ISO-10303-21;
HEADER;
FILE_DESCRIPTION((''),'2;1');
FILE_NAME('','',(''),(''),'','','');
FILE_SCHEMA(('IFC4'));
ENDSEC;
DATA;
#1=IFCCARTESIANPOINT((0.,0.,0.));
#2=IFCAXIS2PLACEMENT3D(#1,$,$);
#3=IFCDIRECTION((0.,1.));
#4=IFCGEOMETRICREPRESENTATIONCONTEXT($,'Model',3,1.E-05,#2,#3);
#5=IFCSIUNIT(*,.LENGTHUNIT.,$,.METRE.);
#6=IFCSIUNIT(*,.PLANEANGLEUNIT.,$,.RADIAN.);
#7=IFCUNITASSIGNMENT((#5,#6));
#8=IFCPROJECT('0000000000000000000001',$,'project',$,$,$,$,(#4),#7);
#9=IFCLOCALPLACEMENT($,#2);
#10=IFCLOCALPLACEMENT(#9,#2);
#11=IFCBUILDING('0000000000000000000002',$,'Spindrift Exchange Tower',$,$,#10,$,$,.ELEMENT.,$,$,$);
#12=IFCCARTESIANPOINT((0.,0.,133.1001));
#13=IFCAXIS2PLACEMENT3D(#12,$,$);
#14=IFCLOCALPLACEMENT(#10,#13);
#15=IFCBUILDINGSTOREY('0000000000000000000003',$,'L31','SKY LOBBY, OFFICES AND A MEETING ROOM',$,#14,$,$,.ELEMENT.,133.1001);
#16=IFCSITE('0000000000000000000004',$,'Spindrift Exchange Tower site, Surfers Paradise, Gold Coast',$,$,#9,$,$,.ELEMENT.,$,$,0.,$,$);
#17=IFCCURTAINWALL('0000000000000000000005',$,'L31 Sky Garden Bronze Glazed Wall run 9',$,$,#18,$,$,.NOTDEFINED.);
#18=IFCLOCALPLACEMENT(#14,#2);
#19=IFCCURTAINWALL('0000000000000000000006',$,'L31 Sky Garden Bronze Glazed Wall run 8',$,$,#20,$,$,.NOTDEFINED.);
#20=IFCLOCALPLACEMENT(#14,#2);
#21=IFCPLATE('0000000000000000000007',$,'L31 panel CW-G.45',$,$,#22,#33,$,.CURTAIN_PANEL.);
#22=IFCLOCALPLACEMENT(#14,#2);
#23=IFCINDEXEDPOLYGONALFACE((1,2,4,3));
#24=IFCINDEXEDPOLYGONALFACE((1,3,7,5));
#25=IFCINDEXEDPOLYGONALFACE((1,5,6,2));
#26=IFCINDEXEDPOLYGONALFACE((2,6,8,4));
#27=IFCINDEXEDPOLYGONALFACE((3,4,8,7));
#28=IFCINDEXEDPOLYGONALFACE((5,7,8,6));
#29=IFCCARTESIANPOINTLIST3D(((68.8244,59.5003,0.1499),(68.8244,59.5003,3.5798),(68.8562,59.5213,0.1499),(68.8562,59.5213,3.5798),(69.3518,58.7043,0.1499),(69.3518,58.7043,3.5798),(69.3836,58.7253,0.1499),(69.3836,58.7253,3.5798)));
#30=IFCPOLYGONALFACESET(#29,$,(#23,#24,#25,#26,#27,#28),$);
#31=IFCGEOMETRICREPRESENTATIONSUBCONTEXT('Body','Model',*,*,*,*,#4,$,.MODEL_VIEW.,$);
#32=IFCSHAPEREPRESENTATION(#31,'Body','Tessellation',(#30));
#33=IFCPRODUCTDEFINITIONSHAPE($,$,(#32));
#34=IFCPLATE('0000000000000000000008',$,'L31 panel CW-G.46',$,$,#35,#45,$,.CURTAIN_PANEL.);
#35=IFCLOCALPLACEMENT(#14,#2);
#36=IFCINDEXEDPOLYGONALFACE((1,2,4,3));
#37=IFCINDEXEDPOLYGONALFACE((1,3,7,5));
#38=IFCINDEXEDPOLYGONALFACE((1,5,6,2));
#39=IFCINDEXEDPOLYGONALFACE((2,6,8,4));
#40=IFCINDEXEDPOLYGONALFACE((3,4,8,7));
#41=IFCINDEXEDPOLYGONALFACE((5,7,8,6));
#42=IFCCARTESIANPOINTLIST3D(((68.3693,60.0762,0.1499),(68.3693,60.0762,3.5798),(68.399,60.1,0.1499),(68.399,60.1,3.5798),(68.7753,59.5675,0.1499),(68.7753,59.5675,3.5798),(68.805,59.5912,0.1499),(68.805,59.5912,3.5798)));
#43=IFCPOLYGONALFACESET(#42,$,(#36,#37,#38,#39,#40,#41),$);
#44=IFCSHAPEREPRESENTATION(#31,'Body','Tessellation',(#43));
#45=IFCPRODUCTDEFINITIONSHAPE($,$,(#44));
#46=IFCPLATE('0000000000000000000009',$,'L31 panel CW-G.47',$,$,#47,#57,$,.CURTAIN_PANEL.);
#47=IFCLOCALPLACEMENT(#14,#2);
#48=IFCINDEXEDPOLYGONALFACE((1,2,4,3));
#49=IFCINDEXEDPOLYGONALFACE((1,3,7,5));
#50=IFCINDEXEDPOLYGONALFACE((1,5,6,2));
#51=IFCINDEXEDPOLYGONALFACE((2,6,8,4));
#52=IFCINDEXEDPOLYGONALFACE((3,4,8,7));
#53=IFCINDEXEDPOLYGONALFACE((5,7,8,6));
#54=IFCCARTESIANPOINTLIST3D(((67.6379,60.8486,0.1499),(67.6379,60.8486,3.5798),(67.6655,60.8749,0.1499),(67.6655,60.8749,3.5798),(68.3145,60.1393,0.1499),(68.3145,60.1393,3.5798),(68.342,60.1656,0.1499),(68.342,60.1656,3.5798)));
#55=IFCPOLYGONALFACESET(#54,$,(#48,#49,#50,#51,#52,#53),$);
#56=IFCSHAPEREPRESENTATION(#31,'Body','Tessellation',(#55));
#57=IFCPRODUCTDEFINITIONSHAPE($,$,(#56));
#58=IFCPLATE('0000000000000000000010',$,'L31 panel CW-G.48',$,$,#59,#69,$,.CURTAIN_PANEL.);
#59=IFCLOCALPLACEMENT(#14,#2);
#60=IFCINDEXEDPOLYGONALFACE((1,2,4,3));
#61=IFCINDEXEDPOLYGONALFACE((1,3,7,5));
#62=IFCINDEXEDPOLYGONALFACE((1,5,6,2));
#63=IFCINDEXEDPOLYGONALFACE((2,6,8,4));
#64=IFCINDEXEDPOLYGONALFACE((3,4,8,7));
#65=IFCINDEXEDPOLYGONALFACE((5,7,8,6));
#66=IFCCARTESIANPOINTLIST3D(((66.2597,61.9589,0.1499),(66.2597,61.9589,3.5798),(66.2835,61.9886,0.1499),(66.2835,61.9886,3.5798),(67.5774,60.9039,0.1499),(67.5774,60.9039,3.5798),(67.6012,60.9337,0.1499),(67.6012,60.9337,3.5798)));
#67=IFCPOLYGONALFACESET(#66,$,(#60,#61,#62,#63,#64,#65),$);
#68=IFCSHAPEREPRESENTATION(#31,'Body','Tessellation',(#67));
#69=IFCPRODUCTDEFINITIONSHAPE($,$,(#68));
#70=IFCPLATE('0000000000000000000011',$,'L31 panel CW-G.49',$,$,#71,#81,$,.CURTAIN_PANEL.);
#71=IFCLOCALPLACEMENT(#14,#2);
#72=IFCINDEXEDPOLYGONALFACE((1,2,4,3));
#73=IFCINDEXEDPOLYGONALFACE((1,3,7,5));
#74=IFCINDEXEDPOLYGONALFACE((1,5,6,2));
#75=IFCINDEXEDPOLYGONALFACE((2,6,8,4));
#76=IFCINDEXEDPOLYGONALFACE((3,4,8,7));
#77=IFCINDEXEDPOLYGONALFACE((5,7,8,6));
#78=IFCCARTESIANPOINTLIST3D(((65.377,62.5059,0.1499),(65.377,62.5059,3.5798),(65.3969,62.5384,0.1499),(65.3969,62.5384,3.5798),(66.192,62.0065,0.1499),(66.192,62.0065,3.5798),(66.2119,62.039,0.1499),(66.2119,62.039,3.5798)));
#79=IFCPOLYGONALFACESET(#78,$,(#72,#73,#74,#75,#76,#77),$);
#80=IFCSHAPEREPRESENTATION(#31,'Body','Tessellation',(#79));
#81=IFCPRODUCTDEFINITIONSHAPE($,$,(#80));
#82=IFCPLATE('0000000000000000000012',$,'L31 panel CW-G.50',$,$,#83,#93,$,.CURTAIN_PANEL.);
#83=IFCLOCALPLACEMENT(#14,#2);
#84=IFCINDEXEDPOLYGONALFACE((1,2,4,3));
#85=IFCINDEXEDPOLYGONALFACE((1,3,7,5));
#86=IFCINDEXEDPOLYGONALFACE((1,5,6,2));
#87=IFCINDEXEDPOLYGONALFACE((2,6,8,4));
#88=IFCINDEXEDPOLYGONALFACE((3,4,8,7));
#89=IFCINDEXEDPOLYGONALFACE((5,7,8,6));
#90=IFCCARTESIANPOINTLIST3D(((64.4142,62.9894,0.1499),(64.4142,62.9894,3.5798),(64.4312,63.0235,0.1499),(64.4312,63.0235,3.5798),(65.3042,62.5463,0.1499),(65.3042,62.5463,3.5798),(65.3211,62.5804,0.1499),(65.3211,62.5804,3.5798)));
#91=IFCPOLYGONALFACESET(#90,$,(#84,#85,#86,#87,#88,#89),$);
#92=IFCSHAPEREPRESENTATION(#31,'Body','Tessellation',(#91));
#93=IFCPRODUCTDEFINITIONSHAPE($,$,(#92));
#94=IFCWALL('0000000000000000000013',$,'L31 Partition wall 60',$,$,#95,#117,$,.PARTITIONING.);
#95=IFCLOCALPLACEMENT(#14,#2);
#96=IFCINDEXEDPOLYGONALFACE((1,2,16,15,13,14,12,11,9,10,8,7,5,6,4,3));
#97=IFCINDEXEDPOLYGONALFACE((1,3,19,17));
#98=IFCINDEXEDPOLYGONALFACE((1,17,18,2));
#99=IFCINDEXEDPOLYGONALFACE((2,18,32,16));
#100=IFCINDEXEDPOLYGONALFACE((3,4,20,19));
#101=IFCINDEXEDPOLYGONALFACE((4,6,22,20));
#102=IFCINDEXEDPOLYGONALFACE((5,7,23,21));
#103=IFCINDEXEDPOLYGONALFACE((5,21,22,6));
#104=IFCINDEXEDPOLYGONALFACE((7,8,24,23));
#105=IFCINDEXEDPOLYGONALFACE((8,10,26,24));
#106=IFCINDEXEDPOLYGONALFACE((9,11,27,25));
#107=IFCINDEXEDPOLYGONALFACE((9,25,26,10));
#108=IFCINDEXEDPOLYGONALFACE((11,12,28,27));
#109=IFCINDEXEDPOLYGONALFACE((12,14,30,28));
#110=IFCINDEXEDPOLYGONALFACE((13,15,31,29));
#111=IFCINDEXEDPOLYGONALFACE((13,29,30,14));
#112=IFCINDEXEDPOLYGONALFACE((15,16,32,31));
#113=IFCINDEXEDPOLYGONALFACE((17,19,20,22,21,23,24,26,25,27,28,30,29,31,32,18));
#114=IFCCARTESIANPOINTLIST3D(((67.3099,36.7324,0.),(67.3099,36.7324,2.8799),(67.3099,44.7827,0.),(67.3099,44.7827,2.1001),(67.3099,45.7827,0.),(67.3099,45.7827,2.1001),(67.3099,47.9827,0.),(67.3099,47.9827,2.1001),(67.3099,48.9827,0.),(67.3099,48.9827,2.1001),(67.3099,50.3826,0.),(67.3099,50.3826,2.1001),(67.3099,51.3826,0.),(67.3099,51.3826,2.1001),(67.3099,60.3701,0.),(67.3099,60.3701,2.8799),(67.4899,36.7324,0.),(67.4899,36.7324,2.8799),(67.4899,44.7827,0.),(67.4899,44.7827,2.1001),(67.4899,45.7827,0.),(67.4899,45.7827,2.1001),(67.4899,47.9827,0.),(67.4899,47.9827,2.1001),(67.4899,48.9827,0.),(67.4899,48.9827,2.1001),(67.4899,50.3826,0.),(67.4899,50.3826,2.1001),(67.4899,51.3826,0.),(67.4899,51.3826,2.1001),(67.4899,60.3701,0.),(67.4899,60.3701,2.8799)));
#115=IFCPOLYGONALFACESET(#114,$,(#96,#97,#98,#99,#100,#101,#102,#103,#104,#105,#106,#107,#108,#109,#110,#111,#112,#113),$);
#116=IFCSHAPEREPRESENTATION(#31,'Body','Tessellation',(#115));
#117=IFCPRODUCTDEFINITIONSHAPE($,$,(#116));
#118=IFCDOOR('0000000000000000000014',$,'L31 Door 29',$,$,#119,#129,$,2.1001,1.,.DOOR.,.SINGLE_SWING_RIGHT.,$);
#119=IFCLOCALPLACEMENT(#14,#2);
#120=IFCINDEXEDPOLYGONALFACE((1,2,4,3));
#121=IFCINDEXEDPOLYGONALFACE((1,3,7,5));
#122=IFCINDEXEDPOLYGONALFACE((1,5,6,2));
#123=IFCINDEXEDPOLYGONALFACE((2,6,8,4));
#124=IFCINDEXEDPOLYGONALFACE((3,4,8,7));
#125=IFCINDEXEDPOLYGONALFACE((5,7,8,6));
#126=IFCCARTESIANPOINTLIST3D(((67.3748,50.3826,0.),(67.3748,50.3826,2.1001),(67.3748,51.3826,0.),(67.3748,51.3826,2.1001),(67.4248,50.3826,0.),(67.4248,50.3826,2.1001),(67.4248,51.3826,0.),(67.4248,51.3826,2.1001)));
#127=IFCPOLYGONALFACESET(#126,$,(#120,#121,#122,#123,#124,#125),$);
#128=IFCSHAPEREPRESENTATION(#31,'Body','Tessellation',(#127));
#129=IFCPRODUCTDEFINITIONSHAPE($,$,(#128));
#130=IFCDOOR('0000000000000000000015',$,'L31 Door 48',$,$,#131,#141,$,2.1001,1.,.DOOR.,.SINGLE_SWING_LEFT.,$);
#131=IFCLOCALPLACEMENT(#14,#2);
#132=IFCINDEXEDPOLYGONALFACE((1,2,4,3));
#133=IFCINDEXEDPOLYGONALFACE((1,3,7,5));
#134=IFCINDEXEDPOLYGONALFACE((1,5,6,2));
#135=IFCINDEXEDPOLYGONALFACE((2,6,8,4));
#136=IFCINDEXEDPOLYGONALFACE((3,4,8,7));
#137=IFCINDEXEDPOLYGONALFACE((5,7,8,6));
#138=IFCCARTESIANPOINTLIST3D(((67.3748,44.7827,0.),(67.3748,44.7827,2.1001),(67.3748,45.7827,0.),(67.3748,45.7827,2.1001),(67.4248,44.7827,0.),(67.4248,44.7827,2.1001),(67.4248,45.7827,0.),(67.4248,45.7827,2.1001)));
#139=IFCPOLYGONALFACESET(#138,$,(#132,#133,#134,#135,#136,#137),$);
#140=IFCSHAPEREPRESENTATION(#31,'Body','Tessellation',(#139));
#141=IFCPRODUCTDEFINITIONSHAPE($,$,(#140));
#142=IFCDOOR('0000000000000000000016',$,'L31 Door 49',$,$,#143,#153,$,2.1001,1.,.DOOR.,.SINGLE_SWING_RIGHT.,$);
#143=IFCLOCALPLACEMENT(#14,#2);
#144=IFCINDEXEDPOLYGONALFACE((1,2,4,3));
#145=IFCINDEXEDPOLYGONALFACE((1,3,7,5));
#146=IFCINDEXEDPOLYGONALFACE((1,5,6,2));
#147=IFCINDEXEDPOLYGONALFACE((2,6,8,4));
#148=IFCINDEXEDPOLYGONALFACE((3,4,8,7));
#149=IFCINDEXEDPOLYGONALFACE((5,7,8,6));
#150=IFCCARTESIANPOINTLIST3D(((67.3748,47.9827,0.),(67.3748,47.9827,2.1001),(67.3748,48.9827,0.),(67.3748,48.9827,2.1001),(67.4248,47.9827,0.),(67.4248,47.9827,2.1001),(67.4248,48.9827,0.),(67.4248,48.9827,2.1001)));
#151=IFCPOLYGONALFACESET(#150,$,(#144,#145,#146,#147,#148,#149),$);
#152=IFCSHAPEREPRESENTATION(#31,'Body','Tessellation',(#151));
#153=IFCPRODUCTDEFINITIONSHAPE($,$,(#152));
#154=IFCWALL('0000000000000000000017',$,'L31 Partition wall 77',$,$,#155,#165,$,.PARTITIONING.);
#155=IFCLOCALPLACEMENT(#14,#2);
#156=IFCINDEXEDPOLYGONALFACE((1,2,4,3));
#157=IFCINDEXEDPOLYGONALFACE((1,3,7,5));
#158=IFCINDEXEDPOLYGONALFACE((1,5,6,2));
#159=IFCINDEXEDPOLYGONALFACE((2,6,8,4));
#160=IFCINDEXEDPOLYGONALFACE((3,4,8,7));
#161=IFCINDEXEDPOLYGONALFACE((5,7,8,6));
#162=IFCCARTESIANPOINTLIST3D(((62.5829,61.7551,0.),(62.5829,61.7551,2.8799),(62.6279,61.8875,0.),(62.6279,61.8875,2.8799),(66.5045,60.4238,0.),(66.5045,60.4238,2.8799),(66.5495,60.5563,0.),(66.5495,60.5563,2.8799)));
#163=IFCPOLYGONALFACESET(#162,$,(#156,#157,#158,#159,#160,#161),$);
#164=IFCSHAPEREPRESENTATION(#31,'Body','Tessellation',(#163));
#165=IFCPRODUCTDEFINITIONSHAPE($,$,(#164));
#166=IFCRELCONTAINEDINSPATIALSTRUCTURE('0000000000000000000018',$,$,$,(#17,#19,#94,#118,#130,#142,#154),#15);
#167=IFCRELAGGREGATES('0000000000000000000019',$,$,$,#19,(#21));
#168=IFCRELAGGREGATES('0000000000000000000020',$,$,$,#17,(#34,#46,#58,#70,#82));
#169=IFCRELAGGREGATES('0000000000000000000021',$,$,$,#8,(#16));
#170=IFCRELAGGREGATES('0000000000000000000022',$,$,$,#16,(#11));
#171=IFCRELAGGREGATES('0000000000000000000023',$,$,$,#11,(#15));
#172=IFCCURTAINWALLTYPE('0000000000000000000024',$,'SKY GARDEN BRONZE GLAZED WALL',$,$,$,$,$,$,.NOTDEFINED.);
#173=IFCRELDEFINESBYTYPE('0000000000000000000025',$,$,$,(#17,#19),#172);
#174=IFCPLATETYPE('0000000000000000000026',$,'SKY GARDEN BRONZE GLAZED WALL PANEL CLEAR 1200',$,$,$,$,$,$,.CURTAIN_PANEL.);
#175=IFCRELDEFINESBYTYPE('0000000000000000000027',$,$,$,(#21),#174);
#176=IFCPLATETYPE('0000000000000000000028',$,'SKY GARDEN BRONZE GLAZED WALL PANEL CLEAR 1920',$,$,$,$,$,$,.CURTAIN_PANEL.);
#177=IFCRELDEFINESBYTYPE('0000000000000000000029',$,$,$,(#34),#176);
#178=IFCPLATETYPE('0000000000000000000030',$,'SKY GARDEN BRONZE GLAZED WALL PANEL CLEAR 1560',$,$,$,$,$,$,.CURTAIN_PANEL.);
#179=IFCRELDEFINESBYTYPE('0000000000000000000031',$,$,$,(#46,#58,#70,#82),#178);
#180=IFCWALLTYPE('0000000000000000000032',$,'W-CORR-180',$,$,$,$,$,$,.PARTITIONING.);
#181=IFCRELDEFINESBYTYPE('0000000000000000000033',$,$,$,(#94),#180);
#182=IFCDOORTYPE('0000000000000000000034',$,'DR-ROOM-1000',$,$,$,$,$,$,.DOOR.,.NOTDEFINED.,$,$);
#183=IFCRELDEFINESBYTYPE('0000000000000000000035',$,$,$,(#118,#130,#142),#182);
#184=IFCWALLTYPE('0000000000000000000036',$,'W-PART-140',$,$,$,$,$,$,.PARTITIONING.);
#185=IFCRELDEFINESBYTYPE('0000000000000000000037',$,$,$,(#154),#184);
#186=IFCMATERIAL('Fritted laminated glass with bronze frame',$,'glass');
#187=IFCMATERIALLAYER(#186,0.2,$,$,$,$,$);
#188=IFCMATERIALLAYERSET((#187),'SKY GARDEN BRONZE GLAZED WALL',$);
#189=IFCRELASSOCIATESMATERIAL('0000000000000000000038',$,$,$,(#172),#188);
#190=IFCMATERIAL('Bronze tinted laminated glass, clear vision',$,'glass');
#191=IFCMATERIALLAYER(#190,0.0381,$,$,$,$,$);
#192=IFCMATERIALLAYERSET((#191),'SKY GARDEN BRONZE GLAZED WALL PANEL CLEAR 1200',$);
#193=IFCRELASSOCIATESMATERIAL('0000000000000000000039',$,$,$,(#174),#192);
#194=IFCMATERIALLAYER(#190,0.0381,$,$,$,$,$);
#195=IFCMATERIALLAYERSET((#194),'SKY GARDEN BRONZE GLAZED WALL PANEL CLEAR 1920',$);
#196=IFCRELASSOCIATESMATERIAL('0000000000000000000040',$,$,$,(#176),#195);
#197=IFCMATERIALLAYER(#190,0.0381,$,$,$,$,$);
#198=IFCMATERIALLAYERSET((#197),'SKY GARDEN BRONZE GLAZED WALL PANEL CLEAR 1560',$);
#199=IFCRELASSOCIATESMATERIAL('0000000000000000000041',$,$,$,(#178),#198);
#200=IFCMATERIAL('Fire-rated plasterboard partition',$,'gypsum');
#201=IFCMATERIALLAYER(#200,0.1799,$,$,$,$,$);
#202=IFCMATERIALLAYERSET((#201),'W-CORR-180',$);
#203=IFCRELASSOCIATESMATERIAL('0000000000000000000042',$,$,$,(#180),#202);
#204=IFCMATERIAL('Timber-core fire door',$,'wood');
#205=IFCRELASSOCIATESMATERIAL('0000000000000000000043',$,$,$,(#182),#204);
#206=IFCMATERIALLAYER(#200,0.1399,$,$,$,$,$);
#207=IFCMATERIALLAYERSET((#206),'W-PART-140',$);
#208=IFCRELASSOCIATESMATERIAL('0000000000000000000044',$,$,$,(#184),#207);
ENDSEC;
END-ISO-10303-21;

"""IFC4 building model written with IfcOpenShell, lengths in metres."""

from ifc_helpers import new_model, si_unit, direction, frame, frame_2d, origin, origin_2d, place, context, subcontext, project, spatial, rectangle, extrude, source, transform, mapped, material, layer, layer_set, type_object, element, fill, aggregate, save


model = new_model("IFC4")

# Units and contexts
model_context = context("Model", 3, precision=1e-05, world=origin(), true_north=direction((0.0, 1.0)))
body_context = subcontext(model_context, "Body", "Model", "MODEL_VIEW")
ifc_project = project(units=[si_unit("LENGTHUNIT", "METRE"), si_unit("PLANEANGLEUNIT", "RADIAN")], contexts=[model_context])

# Site, building, storey
site_placement = place(None, origin())
site = spatial("IfcSite", under=ifc_project, at=site_placement, Name="Spindrift Exchange Tower site, Surfers Paradise, Gold Coast", CompositionType="ELEMENT", RefElevation=0.0)
building_placement = place(site_placement, origin())
building = spatial("IfcBuilding", under=site, at=building_placement, Name="Spindrift Exchange Tower", CompositionType="ELEMENT")
storey_placement = place(building_placement, frame((0.0, 0.0, 133.1001)))
storey = spatial("IfcBuildingStorey", under=building, at=storey_placement, Name="L31", Description="SKY LOBBY, OFFICES AND A MEETING ROOM", CompositionType="ELEMENT", Elevation=133.1001)

# Curtain wall
ifc_material_1 = material(Name="Fritted laminated glass with bronze frame", Category="glass")
ifc_layer_1 = layer(ifc_material_1, 0.2)
ifc_layer_set_1 = layer_set([ifc_layer_1], Name="SKY GARDEN BRONZE GLAZED WALL")
curtain_wall_type = type_object("IfcCurtainWallType", Name="SKY GARDEN BRONZE GLAZED WALL", PredefinedType="NOTDEFINED", material=ifc_layer_set_1)
curtain_wall_1_placement = place(storey_placement, origin())
curtain_wall_1 = element("IfcCurtainWall", 1, at=curtain_wall_1_placement, inside=storey, type_object=curtain_wall_type, Name="L31 Sky Garden Bronze Glazed Wall run 9", PredefinedType="NOTDEFINED")

# Curtain wall
curtain_wall_2_placement = place(storey_placement, origin())
curtain_wall_2 = element("IfcCurtainWall", 2, at=curtain_wall_2_placement, inside=storey, type_object=curtain_wall_type, Name="L31 Sky Garden Bronze Glazed Wall run 8", PredefinedType="NOTDEFINED")

# Plates
ifc_material_2 = material(Name="Bronze tinted laminated glass, clear vision", Category="glass")
ifc_layer_2 = layer(ifc_material_2, 0.0381)
ifc_layer_set_2 = layer_set([ifc_layer_2], Name="SKY GARDEN BRONZE GLAZED WALL PANEL CLEAR 1200")
plate_type_1 = type_object("IfcPlateType", Name="SKY GARDEN BRONZE GLAZED WALL PANEL CLEAR 1200", PredefinedType="CURTAIN_PANEL", material=ifc_layer_set_2)
shared_shape_1 = source(origin(), body_context, "Body", "SweptSolid", [
    extrude(rectangle(XDim=0.9548, YDim=0.0381, at=origin_2d()), origin(), (0.0, 0.0, 1.0), 3.4299),
])
plate_1_placement = place(storey_placement, frame((69.104, 59.1128, 0.1499), z_axis=(0.0, 0.0, 1.0), x_axis=(-0.552346, 0.833615, 0.0)))
plate_1 = element("IfcPlate", 3, at=plate_1_placement, type_object=plate_type_1, Name="L31 panel CW-G.45", PredefinedType="CURTAIN_PANEL", context=body_context, shape_type="MappedRepresentation", body=[
    mapped(shared_shape_1, transform((0.0, 0.0, 0.0), scale=1.0)),
])
aggregate(curtain_wall_2, [plate_1])
ifc_layer_3 = layer(ifc_material_2, 0.0381)
ifc_layer_set_3 = layer_set([ifc_layer_3], Name="SKY GARDEN BRONZE GLAZED WALL PANEL CLEAR 1920")
plate_type_2 = type_object("IfcPlateType", Name="SKY GARDEN BRONZE GLAZED WALL PANEL CLEAR 1920", PredefinedType="CURTAIN_PANEL", material=ifc_layer_set_3)
shared_shape_2 = source(origin(), body_context, "Body", "SweptSolid", [
    extrude(rectangle(XDim=0.6509, YDim=0.0381, at=origin_2d()), origin(), (0.0, 0.0, 1.0), 3.4299),
])
plate_2_placement = place(storey_placement, frame((68.5872, 59.8337, 0.1499), z_axis=(0.0, 0.0, 1.0), x_axis=(-0.62375, 0.781624, 0.0)))
plate_2 = element("IfcPlate", 4, at=plate_2_placement, type_object=plate_type_2, Name="L31 panel CW-G.46", PredefinedType="CURTAIN_PANEL", context=body_context, shape_type="MappedRepresentation", body=[
    mapped(shared_shape_2, transform((0.0, 0.0, 0.0), scale=1.0)),
])
ifc_layer_4 = layer(ifc_material_2, 0.0381)
ifc_layer_set_4 = layer_set([ifc_layer_4], Name="SKY GARDEN BRONZE GLAZED WALL PANEL CLEAR 1560")
plate_type_3 = type_object("IfcPlateType", Name="SKY GARDEN BRONZE GLAZED WALL PANEL CLEAR 1560", PredefinedType="CURTAIN_PANEL", material=ifc_layer_set_4)
shared_shape_3 = source(origin(), body_context, "Body", "SweptSolid", [
    extrude(rectangle(XDim=0.9802, YDim=0.0381, at=origin_2d()), origin(), (0.0, 0.0, 1.0), 3.4299),
])
plate_3_placement = place(storey_placement, frame((67.99, 60.5071, 0.1499), z_axis=(0.0, 0.0, 1.0), x_axis=(-0.690201, 0.723618, 0.0)))
plate_3 = element("IfcPlate", 5, at=plate_3_placement, type_object=plate_type_3, Name="L31 panel CW-G.47", PredefinedType="CURTAIN_PANEL", context=body_context, shape_type="MappedRepresentation", body=[
    mapped(shared_shape_3, transform((0.0, 0.0, 0.0), scale=1.0)),
])
shared_shape_4 = source(origin(), body_context, "Body", "SweptSolid", [
    extrude(rectangle(XDim=1.688, YDim=0.0381, at=origin_2d()), origin(), (0.0, 0.0, 1.0), 3.4299),
])
plate_4_placement = place(storey_placement, frame((66.9304, 61.4463, 0.1499), z_axis=(0.0, 0.0, 1.0), x_axis=(-0.780643, 0.624977, 0.0)))
plate_4 = element("IfcPlate", 6, at=plate_4_placement, type_object=plate_type_3, Name="L31 panel CW-G.48", PredefinedType="CURTAIN_PANEL", context=body_context, shape_type="MappedRepresentation", body=[
    mapped(shared_shape_4, transform((0.0, 0.0, 0.0), scale=1.0)),
])
shared_shape_5 = source(origin(), body_context, "Body", "SweptSolid", [
    extrude(rectangle(XDim=0.9558, YDim=0.0381, at=origin_2d()), origin(), (0.0, 0.0, 1.0), 3.4299),
])
plate_5_placement = place(storey_placement, frame((65.7944, 62.2725, 0.1499), z_axis=(0.0, 0.0, 1.0), x_axis=(-0.852666, 0.522457, 0.0)))
plate_5 = element("IfcPlate", 7, at=plate_5_placement, type_object=plate_type_3, Name="L31 panel CW-G.49", PredefinedType="CURTAIN_PANEL", context=body_context, shape_type="MappedRepresentation", body=[
    mapped(shared_shape_5, transform((0.0, 0.0, 0.0), scale=1.0)),
])
shared_shape_6 = source(origin(), body_context, "Body", "SweptSolid", [
    extrude(rectangle(XDim=0.9941, YDim=0.0381, at=origin_2d()), origin(), (0.0, 0.0, 1.0), 3.4299),
])
plate_6_placement = place(storey_placement, frame((64.8677, 62.7849, 0.1499), z_axis=(0.0, 0.0, 1.0), x_axis=(-0.895186, 0.445693, 0.0)))
plate_6 = element("IfcPlate", 8, at=plate_6_placement, type_object=plate_type_3, Name="L31 panel CW-G.50", PredefinedType="CURTAIN_PANEL", context=body_context, shape_type="MappedRepresentation", body=[
    mapped(shared_shape_6, transform((0.0, 0.0, 0.0), scale=1.0)),
])
aggregate(curtain_wall_1, [plate_2, plate_3, plate_4, plate_5, plate_6])

# Wall, openings, doors
ifc_material_3 = material(Name="Fire-rated plasterboard partition", Category="gypsum")
ifc_layer_5 = layer(ifc_material_3, 0.1799)
ifc_layer_set_5 = layer_set([ifc_layer_5], Name="W-CORR-180")
wall_type_1 = type_object("IfcWallType", Name="W-CORR-180", PredefinedType="PARTITIONING", material=ifc_layer_set_5)
wall_1_placement = place(storey_placement, frame((67.3999, 60.3701, 0.0), z_axis=(0.0, 0.0, 1.0), x_axis=(0.0, -1.0, 0.0)))
wall_1 = element("IfcWall", 9, at=wall_1_placement, inside=storey, type_object=wall_type_1, Name="L31 Partition wall 60", PredefinedType="PARTITIONING", context=body_context, shape_type="SweptSolid", body=[
    extrude(rectangle(XDim=23.6377, YDim=0.1799, at=frame_2d((11.8188, 0.0))), origin(), (0.0, 0.0, 1.0), 2.8799),
])
opening_1_placement = place(wall_1_placement, frame((8.9875, 0.0, 0.0)))
opening_1 = element("IfcOpeningElement", 10, at=opening_1_placement, cuts=wall_1, PredefinedType="OPENING", context=body_context, shape_type="SweptSolid", body=[
    extrude(rectangle(XDim=1.0, YDim=2.1001, at=frame_2d((0.5, 1.05))), frame((0.0, 0.0999, 0.0), z_axis=(0.0, -1.0, 0.0), x_axis=(1.0, 0.0, 0.0)), (0.0, 0.0, 1.0), 0.2),
])
opening_2_placement = place(wall_1_placement, frame((14.5874, 0.0, 0.0)))
opening_2 = element("IfcOpeningElement", 11, at=opening_2_placement, cuts=wall_1, PredefinedType="OPENING", context=body_context, shape_type="SweptSolid", body=[
    extrude(rectangle(XDim=1.0, YDim=2.1001, at=frame_2d((0.5, 1.05))), frame((0.0, 0.0999, 0.0), z_axis=(0.0, -1.0, 0.0), x_axis=(1.0, 0.0, 0.0)), (0.0, 0.0, 1.0), 0.2),
])
opening_3_placement = place(wall_1_placement, frame((11.3875, 0.0, 0.0)))
opening_3 = element("IfcOpeningElement", 12, at=opening_3_placement, cuts=wall_1, PredefinedType="OPENING", context=body_context, shape_type="SweptSolid", body=[
    extrude(rectangle(XDim=1.0, YDim=2.1001, at=frame_2d((0.5, 1.05))), frame((0.0, 0.0999, 0.0), z_axis=(0.0, -1.0, 0.0), x_axis=(1.0, 0.0, 0.0)), (0.0, 0.0, 1.0), 0.2),
])
ifc_material_4 = material(Name="Timber-core fire door", Category="wood")
door_type = type_object("IfcDoorType", Name="DR-ROOM-1000", OperationType="NOTDEFINED", PredefinedType="DOOR", material=ifc_material_4)
shared_shape_7 = source(origin(), body_context, "Body", "SweptSolid", [
    extrude(rectangle(XDim=1.0, YDim=2.1001, at=frame_2d((0.5, 1.05))), frame((0.0, 0.0249, 0.0), z_axis=(0.0, -1.0, 0.0), x_axis=(1.0, 0.0, 0.0)), (0.0, 0.0, 1.0), 0.05),
])
door_1_placement = place(opening_1_placement, origin())
door_1 = element("IfcDoor", 13, at=door_1_placement, inside=storey, type_object=door_type, Name="L31 Door 29", OperationType="SINGLE_SWING_RIGHT", OverallHeight=2.1001, OverallWidth=1.0, PredefinedType="DOOR", context=body_context, shape_type="MappedRepresentation", body=[
    mapped(shared_shape_7, transform((0.0, 0.0, 0.0), scale=1.0)),
])
fill(opening_1, door_1)
door_2_placement = place(opening_2_placement, origin())
door_2 = element("IfcDoor", 14, at=door_2_placement, inside=storey, type_object=door_type, Name="L31 Door 48", OperationType="SINGLE_SWING_LEFT", OverallHeight=2.1001, OverallWidth=1.0, PredefinedType="DOOR", context=body_context, shape_type="MappedRepresentation", body=[
    mapped(shared_shape_7, transform((0.0, 0.0, 0.0), scale=1.0)),
])
fill(opening_2, door_2)
door_3_placement = place(opening_3_placement, origin())
door_3 = element("IfcDoor", 15, at=door_3_placement, inside=storey, type_object=door_type, Name="L31 Door 49", OperationType="SINGLE_SWING_RIGHT", OverallHeight=2.1001, OverallWidth=1.0, PredefinedType="DOOR", context=body_context, shape_type="MappedRepresentation", body=[
    mapped(shared_shape_7, transform((0.0, 0.0, 0.0), scale=1.0)),
])
fill(opening_3, door_3)

# Wall
ifc_layer_6 = layer(ifc_material_3, 0.1399)
ifc_layer_set_6 = layer_set([ifc_layer_6], Name="W-PART-140")
wall_type_2 = type_object("IfcWallType", Name="W-PART-140", PredefinedType="PARTITIONING", material=ifc_layer_set_6)
wall_2_placement = place(storey_placement, frame((66.5271, 60.49, 0.0), z_axis=(0.0, 0.0, 1.0), x_axis=(-0.946924, 0.321458, 0.0)))
element("IfcWall", 16, at=wall_2_placement, inside=storey, type_object=wall_type_2, Name="L31 Partition wall 77", PredefinedType="PARTITIONING", context=body_context, shape_type="SweptSolid", body=[
    extrude(rectangle(XDim=4.1414, YDim=0.1399, at=frame_2d((2.0708, 0.0))), origin(), (0.0, 0.0, 1.0), 2.8799),
])

save(model, "model.ifc")
